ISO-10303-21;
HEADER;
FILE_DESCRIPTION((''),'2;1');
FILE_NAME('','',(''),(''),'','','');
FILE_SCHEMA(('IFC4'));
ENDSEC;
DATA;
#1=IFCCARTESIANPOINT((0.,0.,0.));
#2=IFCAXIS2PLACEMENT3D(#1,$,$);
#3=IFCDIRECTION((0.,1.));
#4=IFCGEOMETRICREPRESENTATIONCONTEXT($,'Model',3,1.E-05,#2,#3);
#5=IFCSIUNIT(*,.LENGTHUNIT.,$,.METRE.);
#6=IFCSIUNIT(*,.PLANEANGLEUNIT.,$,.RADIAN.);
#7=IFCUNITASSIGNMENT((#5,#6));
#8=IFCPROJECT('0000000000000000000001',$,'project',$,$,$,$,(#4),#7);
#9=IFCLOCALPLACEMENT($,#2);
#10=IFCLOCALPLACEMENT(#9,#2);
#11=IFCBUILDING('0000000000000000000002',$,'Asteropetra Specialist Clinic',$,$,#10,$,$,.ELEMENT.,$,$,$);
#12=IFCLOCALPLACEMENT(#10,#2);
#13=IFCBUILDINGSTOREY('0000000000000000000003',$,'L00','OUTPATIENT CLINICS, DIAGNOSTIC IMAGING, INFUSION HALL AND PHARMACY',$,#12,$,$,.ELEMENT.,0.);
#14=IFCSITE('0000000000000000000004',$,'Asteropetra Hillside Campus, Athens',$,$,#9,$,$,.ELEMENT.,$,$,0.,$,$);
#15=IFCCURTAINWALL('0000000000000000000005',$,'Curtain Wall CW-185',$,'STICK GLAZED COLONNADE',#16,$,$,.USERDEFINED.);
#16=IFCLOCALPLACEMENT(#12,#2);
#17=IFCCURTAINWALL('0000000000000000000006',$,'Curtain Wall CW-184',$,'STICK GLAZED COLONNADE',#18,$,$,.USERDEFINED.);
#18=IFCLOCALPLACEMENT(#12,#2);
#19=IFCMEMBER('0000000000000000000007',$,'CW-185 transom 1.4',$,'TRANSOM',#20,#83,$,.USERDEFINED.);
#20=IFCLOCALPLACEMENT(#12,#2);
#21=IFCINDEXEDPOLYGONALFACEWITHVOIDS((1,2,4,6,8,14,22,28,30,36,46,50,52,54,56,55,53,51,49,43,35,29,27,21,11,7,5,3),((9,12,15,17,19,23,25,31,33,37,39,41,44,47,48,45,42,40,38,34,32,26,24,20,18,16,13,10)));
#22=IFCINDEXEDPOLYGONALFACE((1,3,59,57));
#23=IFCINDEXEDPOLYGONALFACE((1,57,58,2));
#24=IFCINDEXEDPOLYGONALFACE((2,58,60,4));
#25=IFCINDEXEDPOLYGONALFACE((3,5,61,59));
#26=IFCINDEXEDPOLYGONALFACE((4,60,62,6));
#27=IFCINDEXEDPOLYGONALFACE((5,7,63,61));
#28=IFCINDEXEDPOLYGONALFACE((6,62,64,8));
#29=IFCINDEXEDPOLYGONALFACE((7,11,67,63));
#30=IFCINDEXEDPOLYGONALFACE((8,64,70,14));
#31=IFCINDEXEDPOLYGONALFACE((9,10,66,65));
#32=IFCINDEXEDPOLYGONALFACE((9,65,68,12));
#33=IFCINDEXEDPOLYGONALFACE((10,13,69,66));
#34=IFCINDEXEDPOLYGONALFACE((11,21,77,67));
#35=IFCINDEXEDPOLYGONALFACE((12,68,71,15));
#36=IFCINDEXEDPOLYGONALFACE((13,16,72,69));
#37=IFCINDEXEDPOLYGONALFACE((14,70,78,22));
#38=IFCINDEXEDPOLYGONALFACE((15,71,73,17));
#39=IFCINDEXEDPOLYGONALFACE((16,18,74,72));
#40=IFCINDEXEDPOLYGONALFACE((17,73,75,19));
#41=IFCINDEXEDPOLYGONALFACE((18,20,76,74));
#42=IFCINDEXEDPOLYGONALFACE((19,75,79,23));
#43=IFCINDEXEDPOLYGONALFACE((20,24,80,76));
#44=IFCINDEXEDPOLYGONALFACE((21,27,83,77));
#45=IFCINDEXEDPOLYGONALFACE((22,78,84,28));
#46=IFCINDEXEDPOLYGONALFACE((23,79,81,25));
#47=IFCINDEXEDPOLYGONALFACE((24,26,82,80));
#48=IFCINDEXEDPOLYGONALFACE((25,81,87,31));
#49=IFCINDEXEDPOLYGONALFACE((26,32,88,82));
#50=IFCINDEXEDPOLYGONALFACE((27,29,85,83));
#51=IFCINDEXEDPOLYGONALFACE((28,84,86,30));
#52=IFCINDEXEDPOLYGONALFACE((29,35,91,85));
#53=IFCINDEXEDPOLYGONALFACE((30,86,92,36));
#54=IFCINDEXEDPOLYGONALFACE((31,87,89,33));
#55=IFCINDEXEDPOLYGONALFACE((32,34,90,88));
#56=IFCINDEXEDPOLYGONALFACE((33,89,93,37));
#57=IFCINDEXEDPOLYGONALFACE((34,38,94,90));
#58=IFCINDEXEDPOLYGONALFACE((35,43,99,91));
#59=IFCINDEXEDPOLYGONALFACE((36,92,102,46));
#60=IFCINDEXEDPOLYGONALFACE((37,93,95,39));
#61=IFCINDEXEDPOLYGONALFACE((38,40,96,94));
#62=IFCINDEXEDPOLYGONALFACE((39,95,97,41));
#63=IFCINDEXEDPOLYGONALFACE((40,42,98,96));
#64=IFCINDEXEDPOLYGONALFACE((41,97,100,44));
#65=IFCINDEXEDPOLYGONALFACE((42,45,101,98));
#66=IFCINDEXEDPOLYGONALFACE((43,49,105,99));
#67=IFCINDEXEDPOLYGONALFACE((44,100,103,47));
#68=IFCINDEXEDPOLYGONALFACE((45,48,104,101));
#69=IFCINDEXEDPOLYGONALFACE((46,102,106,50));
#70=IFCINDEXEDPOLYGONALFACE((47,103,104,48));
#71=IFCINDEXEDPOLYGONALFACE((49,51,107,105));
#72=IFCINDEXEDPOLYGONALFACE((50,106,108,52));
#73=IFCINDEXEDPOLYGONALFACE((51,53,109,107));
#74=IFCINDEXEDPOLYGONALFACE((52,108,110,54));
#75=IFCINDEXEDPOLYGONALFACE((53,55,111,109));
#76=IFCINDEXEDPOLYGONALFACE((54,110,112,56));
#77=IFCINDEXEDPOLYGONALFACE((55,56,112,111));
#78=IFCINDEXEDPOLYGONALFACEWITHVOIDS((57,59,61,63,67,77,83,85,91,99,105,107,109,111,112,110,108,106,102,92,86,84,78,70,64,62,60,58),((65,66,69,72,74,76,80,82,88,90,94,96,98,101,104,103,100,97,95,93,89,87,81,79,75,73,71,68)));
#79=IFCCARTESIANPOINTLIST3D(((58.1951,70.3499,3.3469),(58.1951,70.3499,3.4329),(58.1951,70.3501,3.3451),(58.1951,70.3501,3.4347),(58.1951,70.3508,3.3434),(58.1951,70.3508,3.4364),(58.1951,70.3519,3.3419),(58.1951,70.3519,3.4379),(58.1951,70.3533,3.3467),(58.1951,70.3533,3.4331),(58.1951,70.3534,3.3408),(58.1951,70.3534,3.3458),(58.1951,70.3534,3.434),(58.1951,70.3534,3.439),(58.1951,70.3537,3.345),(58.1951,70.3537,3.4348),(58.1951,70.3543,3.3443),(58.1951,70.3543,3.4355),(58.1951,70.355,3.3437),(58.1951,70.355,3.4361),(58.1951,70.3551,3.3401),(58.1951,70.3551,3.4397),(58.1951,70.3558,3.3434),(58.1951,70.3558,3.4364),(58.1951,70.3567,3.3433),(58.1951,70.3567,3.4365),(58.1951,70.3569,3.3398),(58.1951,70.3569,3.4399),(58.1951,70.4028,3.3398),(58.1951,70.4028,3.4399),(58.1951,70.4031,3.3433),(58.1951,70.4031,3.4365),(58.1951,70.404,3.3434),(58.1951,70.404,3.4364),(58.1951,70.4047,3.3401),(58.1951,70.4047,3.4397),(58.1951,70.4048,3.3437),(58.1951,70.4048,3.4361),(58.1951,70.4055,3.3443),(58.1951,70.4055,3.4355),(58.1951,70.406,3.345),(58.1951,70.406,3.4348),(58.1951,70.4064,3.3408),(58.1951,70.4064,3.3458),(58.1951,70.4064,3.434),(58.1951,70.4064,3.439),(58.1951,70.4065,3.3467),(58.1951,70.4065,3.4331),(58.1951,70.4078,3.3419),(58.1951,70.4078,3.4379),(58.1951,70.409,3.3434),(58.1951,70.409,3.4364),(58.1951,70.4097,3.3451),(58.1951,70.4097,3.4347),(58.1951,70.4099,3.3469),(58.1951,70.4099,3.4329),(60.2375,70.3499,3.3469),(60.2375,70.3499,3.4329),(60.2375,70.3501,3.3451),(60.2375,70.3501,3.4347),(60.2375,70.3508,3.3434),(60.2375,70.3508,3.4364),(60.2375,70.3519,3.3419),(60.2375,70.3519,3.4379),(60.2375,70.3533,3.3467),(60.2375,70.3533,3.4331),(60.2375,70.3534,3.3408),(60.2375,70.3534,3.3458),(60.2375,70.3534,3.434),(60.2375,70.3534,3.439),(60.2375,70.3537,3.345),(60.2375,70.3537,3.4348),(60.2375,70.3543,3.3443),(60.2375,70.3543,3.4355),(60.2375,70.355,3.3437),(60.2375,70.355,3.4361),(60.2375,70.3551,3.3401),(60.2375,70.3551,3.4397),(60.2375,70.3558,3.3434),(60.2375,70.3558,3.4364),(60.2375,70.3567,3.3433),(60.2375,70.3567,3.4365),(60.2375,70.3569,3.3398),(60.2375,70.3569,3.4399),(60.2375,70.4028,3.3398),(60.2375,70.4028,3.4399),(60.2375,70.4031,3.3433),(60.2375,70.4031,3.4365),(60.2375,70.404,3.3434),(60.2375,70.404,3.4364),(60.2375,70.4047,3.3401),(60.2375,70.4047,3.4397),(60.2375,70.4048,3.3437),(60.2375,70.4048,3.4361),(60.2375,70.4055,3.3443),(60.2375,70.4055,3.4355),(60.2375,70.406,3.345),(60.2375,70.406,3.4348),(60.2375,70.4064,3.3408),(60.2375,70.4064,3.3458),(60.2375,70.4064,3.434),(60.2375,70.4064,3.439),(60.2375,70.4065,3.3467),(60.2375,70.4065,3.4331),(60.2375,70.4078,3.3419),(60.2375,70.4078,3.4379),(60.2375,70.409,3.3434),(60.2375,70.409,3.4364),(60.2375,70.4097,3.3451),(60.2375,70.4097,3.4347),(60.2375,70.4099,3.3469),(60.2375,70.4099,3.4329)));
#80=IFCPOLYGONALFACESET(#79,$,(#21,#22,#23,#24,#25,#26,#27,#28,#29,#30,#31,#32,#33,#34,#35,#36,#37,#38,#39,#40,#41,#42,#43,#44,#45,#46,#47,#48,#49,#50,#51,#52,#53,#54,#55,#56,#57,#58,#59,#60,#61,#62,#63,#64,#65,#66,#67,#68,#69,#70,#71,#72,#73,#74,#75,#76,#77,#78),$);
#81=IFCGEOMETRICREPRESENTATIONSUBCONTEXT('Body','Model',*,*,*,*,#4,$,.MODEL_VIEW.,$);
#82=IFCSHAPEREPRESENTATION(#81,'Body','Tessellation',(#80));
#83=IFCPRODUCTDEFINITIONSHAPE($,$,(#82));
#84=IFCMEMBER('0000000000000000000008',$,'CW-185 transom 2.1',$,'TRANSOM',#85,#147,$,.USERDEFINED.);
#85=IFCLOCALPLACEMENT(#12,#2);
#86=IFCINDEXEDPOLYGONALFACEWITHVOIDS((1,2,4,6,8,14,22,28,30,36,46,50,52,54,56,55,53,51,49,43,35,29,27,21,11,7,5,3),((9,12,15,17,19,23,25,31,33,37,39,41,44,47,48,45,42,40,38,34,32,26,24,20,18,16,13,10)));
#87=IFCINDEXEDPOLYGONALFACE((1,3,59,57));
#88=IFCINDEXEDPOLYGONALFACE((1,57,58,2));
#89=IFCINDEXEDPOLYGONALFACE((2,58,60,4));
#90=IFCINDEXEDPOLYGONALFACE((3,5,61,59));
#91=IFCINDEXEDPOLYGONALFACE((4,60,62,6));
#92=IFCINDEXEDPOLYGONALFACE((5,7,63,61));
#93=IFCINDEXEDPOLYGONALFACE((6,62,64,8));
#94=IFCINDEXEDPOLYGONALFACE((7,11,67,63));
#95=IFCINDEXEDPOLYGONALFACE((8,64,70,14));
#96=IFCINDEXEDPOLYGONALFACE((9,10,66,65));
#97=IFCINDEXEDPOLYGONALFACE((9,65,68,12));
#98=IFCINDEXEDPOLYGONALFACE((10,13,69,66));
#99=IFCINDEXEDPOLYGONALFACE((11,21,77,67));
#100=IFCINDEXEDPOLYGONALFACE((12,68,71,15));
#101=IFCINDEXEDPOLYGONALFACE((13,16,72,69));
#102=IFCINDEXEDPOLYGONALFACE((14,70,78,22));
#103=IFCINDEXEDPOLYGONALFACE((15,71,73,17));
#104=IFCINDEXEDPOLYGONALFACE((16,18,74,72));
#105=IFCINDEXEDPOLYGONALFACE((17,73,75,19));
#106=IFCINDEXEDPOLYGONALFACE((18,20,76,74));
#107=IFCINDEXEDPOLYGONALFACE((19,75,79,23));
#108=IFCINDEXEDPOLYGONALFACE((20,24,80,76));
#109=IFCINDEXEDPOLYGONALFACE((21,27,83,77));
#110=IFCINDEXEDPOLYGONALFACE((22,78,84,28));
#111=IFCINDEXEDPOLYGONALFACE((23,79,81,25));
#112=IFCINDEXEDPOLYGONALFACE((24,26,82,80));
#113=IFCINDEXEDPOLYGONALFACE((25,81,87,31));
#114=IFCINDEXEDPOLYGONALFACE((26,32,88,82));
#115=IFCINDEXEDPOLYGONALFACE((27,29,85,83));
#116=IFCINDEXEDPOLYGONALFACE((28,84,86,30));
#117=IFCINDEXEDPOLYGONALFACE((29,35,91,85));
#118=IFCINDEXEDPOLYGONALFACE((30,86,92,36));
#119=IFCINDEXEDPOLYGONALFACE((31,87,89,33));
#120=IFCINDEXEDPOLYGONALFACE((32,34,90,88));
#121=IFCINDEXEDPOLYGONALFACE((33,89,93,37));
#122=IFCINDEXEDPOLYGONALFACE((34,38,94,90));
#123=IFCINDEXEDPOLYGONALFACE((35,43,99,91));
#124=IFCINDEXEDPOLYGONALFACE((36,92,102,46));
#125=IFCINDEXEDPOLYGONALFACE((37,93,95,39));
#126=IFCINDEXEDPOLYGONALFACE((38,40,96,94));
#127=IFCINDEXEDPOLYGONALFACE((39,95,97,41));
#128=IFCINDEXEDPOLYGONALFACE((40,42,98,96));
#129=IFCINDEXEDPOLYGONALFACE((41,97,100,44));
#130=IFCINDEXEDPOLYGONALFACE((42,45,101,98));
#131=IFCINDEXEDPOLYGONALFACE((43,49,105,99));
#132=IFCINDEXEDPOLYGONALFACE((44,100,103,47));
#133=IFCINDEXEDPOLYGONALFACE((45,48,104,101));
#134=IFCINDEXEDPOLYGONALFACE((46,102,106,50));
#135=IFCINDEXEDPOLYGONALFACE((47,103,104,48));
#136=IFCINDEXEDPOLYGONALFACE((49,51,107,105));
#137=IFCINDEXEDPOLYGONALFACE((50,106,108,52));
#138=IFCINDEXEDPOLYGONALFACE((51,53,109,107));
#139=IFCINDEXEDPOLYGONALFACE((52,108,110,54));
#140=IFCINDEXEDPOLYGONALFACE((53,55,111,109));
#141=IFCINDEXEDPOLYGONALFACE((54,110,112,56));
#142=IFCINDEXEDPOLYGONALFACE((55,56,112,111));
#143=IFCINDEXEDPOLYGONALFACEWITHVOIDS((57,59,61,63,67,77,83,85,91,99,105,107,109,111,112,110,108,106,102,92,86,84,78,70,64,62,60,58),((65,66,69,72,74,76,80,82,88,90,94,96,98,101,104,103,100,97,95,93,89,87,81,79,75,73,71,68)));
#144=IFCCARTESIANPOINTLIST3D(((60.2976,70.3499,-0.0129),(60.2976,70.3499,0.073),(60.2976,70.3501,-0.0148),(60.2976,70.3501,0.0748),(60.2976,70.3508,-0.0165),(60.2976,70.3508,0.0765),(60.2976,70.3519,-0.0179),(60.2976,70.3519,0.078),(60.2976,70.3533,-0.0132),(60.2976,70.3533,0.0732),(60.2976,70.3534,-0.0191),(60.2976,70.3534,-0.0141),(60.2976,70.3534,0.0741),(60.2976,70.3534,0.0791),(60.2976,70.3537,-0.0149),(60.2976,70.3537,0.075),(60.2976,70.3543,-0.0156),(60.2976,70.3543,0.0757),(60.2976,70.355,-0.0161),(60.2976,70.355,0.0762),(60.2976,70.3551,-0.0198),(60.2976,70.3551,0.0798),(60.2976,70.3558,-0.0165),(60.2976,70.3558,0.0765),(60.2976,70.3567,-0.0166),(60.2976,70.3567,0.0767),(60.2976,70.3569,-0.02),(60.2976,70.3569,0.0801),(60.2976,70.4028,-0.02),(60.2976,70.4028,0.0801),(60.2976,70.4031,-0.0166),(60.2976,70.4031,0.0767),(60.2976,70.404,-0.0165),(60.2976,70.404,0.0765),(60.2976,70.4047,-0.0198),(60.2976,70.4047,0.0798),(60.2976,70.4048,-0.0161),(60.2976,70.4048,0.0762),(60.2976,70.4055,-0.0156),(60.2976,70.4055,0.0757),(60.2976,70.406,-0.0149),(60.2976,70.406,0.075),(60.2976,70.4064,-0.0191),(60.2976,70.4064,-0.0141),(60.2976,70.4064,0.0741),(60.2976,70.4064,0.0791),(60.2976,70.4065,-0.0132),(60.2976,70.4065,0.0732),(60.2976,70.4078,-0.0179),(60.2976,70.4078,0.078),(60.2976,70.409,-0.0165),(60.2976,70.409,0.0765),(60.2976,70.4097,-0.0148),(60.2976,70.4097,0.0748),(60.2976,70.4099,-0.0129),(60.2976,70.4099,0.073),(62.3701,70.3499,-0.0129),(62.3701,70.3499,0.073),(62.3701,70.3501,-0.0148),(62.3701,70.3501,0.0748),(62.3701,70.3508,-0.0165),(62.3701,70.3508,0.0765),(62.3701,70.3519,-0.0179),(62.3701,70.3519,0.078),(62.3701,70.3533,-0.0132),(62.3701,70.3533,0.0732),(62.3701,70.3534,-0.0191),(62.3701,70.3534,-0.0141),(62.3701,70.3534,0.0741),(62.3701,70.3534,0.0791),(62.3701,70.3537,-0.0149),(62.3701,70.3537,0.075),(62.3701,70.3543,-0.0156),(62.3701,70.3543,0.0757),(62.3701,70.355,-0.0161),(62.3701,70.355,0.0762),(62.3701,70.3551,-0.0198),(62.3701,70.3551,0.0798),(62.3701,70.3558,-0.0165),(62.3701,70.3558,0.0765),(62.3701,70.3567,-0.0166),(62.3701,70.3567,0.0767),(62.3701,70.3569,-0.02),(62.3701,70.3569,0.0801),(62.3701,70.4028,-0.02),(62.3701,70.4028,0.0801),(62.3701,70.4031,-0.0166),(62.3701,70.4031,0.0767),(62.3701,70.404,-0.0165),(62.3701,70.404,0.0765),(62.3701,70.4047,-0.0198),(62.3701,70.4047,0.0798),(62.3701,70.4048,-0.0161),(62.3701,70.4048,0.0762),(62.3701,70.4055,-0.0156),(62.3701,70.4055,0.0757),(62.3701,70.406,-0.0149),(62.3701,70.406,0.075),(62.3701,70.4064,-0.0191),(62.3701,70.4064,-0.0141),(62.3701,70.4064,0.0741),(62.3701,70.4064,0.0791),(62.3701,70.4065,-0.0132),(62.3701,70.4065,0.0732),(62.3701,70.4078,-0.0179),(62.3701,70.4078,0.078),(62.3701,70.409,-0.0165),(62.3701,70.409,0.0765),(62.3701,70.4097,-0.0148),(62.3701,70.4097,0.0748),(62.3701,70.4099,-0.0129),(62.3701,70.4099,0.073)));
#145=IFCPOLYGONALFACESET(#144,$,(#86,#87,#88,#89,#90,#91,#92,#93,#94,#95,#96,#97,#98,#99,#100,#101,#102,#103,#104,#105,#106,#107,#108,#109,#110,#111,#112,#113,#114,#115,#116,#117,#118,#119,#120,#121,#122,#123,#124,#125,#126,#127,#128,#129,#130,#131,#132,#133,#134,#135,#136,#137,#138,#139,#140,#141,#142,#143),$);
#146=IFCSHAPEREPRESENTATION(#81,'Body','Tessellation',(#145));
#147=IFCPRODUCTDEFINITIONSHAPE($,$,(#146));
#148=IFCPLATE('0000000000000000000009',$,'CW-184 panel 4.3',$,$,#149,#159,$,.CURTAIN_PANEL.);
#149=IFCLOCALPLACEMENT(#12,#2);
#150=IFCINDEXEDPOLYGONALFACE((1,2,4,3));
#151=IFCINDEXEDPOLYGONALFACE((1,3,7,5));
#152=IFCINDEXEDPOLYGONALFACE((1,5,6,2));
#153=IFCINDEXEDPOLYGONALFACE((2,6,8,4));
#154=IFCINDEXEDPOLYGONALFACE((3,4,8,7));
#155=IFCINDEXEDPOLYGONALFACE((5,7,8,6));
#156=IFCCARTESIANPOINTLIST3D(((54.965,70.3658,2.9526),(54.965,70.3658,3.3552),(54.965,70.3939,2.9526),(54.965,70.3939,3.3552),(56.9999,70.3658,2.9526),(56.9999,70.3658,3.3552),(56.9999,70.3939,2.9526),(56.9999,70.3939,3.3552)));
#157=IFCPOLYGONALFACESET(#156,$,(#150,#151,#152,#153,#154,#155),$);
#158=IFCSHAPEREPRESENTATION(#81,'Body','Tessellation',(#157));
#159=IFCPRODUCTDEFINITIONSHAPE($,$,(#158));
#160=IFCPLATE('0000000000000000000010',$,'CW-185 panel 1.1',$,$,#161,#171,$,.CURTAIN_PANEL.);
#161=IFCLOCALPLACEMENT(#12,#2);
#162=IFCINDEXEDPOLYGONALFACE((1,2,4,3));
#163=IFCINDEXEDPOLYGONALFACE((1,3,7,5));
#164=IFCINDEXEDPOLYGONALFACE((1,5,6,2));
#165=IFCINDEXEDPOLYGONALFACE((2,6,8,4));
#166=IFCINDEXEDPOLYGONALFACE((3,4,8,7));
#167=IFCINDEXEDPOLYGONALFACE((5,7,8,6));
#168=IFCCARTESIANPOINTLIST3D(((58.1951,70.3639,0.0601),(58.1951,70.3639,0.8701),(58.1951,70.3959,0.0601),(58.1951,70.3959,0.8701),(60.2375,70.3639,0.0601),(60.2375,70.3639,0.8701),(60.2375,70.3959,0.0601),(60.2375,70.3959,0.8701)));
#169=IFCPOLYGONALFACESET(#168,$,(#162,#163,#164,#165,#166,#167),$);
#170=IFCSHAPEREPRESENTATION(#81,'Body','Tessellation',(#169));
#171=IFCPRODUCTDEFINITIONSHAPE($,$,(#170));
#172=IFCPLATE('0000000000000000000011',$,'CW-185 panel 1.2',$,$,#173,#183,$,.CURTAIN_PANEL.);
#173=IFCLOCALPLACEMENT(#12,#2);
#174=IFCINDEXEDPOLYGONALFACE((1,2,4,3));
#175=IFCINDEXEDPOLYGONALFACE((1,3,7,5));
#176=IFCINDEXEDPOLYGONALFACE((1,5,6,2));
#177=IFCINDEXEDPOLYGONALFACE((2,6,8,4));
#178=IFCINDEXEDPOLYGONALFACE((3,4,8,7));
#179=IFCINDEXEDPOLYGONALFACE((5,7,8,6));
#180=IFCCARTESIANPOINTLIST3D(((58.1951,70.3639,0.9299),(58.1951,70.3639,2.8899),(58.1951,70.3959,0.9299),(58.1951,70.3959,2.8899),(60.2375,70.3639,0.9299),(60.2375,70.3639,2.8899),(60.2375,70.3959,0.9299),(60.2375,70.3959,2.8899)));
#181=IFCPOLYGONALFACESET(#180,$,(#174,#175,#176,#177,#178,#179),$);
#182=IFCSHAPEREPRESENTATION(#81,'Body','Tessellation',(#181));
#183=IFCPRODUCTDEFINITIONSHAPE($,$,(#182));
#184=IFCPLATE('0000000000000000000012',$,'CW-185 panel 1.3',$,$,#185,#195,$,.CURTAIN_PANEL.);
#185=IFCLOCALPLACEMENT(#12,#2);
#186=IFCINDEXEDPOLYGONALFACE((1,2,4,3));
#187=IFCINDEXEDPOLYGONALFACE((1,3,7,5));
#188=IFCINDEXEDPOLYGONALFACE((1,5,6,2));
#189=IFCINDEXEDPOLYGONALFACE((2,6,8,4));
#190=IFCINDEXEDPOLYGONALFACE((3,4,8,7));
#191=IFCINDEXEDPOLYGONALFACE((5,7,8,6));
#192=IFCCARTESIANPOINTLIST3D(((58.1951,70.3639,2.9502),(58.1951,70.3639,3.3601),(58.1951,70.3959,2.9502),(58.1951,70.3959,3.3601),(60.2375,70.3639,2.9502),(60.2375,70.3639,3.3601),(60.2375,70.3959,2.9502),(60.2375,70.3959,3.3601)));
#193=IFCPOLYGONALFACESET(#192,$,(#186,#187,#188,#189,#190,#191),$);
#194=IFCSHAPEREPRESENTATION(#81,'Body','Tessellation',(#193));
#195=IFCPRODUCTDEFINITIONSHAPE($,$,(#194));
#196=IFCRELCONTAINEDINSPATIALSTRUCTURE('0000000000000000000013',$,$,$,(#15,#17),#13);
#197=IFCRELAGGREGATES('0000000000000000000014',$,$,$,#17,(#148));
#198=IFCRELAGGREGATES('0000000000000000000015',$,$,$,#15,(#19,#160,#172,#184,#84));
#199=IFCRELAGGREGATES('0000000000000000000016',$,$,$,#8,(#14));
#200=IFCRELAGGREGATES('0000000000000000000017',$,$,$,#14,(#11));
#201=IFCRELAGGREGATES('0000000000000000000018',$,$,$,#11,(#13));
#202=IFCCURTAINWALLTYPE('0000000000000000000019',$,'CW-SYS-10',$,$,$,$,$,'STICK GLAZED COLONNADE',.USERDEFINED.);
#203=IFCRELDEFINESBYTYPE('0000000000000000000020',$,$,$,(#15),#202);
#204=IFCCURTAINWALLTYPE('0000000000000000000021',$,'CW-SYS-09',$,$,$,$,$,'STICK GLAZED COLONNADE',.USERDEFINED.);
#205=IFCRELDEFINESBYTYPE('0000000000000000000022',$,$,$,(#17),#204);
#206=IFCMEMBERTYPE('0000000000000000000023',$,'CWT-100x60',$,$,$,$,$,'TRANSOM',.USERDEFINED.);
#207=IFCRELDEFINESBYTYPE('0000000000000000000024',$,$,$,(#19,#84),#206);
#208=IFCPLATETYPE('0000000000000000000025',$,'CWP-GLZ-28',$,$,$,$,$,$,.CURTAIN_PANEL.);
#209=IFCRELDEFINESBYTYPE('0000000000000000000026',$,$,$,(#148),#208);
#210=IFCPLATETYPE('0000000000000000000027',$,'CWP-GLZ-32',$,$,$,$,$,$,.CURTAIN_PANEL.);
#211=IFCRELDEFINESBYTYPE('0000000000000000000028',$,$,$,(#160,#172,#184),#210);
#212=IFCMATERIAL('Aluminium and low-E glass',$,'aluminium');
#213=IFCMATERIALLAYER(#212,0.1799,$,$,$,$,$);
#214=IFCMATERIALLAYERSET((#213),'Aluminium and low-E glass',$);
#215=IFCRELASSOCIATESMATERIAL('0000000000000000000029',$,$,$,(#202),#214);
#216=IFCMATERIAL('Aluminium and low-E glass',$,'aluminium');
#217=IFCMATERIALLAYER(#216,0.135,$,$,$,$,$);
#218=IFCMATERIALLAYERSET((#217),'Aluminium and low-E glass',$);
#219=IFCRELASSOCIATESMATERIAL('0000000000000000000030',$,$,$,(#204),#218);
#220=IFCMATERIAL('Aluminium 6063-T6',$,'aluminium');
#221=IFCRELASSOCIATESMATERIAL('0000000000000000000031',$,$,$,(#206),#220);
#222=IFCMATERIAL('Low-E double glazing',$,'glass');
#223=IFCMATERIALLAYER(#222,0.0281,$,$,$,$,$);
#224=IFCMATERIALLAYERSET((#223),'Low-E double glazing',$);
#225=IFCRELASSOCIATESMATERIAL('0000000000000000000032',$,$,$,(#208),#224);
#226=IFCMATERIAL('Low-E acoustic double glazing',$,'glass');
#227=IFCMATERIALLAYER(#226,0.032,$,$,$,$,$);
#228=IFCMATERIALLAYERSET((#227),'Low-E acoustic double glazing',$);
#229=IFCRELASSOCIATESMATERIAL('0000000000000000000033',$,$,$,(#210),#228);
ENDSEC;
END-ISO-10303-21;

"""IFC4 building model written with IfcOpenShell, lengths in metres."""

from ifc_helpers import new_model, si_unit, direction, frame, origin, origin_2d, place, context, subcontext, project, spatial, rectangle, hollow_rectangle, extrude, material, layer, layer_set, material_profile, profile_set, type_object, element, aggregate, save


model = new_model("IFC4")

# Units and contexts
model_context = context("Model", 3, precision=1e-05, world=origin(), true_north=direction((0.0, 1.0)))
body_context = subcontext(model_context, "Body", "Model", "MODEL_VIEW")
ifc_project = project(units=[si_unit("LENGTHUNIT", "METRE"), si_unit("PLANEANGLEUNIT", "RADIAN")], contexts=[model_context])

# Site, building, storey
site_placement = place(None, origin())
site = spatial("IfcSite", under=ifc_project, at=site_placement, Name="Asteropetra Hillside Campus, Athens", CompositionType="ELEMENT", RefElevation=0.0)
building_placement = place(site_placement, origin())
building = spatial("IfcBuilding", under=site, at=building_placement, Name="Asteropetra Specialist Clinic", CompositionType="ELEMENT")
storey_placement = place(building_placement, origin())
storey = spatial("IfcBuildingStorey", under=building, at=storey_placement, Name="L00", Description="OUTPATIENT CLINICS, DIAGNOSTIC IMAGING, INFUSION HALL AND PHARMACY", CompositionType="ELEMENT", Elevation=0.0)

# Curtain wall
ifc_material_1 = material(Name="Aluminium and low-E glass", Category="aluminium")
ifc_layer_1 = layer(ifc_material_1, 0.1799)
ifc_layer_set_1 = layer_set([ifc_layer_1], Name="Aluminium and low-E glass")
curtain_wall_type_1 = type_object("IfcCurtainWallType", Name="CW-SYS-10", ElementType="STICK GLAZED COLONNADE", PredefinedType="USERDEFINED", material=ifc_layer_set_1)
curtain_wall_1_placement = place(storey_placement, origin())
curtain_wall_1 = element("IfcCurtainWall", 1, at=curtain_wall_1_placement, inside=storey, type_object=curtain_wall_type_1, Name="Curtain Wall CW-185", ObjectType="STICK GLAZED COLONNADE", PredefinedType="USERDEFINED")

# Curtain wall
ifc_material_2 = material(Name="Aluminium and low-E glass", Category="aluminium")
ifc_layer_2 = layer(ifc_material_2, 0.135)
ifc_layer_set_2 = layer_set([ifc_layer_2], Name="Aluminium and low-E glass")
curtain_wall_type_2 = type_object("IfcCurtainWallType", Name="CW-SYS-09", ElementType="STICK GLAZED COLONNADE", PredefinedType="USERDEFINED", material=ifc_layer_set_2)
curtain_wall_2_placement = place(storey_placement, origin())
curtain_wall_2 = element("IfcCurtainWall", 2, at=curtain_wall_2_placement, inside=storey, type_object=curtain_wall_type_2, Name="Curtain Wall CW-184", ObjectType="STICK GLAZED COLONNADE", PredefinedType="USERDEFINED")

# Members
ifc_material_3 = material(Name="Aluminium 6063-T6", Category="aluminium")
ifc_material_profile_1 = material_profile(ifc_material_3, hollow_rectangle(XDim=0.0601, YDim=0.1001, WallThickness=0.0034, InnerFilletRadius=0.0034, OuterFilletRadius=0.0071, at=origin_2d()), Name="TRN 100x60x3.5")
ifc_profile_set_1 = profile_set([ifc_material_profile_1], Name="Aluminium 6063-T6")
member_type_1 = type_object("IfcMemberType", Name="CWT-100x60", ElementType="TRANSOM", PredefinedType="USERDEFINED", material=ifc_profile_set_1)
member_1_placement = place(storey_placement, frame((58.1951, 70.3799, 3.3899), z_axis=(1.0, 0.0, 0.0), x_axis=(0.0, 1.0, 0.0)))
member_1 = element("IfcMember", 3, at=member_1_placement, type_object=member_type_1, Name="CW-185 transom 1.4", ObjectType="TRANSOM", PredefinedType="USERDEFINED", context=body_context, shape_type="SweptSolid", body=[
    extrude(hollow_rectangle(XDim=0.0601, YDim=0.1001, WallThickness=0.0034, InnerFilletRadius=0.0034, OuterFilletRadius=0.0071, at=origin_2d()), origin(), (0.0, 0.0, 1.0), 2.0425),
])
member_2_placement = place(storey_placement, frame((60.2976, 70.3799, 0.03), z_axis=(1.0, 0.0, 0.0), x_axis=(0.0, 1.0, 0.0)))
member_2 = element("IfcMember", 4, at=member_2_placement, type_object=member_type_1, Name="CW-185 transom 2.1", ObjectType="TRANSOM", PredefinedType="USERDEFINED", context=body_context, shape_type="SweptSolid", body=[
    extrude(hollow_rectangle(XDim=0.0601, YDim=0.1001, WallThickness=0.0034, InnerFilletRadius=0.0034, OuterFilletRadius=0.0071, at=origin_2d()), origin(), (0.0, 0.0, 1.0), 2.0725),
])

# Plates
ifc_material_4 = material(Name="Low-E double glazing", Category="glass")
ifc_layer_3 = layer(ifc_material_4, 0.0281)
ifc_layer_set_3 = layer_set([ifc_layer_3], Name="Low-E double glazing")
plate_type_1 = type_object("IfcPlateType", Name="CWP-GLZ-28", PredefinedType="CURTAIN_PANEL", material=ifc_layer_set_3)
plate_1_placement = place(storey_placement, frame((55.9824, 70.3799, 2.9526), z_axis=(0.0, 0.0, 1.0), x_axis=(1.0, 0.0, 0.0)))
plate_1 = element("IfcPlate", 5, at=plate_1_placement, type_object=plate_type_1, Name="CW-184 panel 4.3", PredefinedType="CURTAIN_PANEL", context=body_context, shape_type="SweptSolid", body=[
    extrude(rectangle(XDim=2.0349, YDim=0.0281, at=origin_2d()), origin(), (0.0, 0.0, 1.0), 0.4026),
])
aggregate(curtain_wall_2, [plate_1])
ifc_material_5 = material(Name="Low-E acoustic double glazing", Category="glass")
ifc_layer_4 = layer(ifc_material_5, 0.032)
ifc_layer_set_4 = layer_set([ifc_layer_4], Name="Low-E acoustic double glazing")
plate_type_2 = type_object("IfcPlateType", Name="CWP-GLZ-32", PredefinedType="CURTAIN_PANEL", material=ifc_layer_set_4)
plate_2_placement = place(storey_placement, frame((59.2163, 70.3799, 0.0601), z_axis=(0.0, 0.0, 1.0), x_axis=(1.0, 0.0, 0.0)))
plate_2 = element("IfcPlate", 6, at=plate_2_placement, type_object=plate_type_2, Name="CW-185 panel 1.1", PredefinedType="CURTAIN_PANEL", context=body_context, shape_type="SweptSolid", body=[
    extrude(rectangle(XDim=2.0425, YDim=0.032, at=origin_2d()), origin(), (0.0, 0.0, 1.0), 0.8101),
])
plate_3_placement = place(storey_placement, frame((59.2163, 70.3799, 0.9299), z_axis=(0.0, 0.0, 1.0), x_axis=(1.0, 0.0, 0.0)))
plate_3 = element("IfcPlate", 7, at=plate_3_placement, type_object=plate_type_2, Name="CW-185 panel 1.2", PredefinedType="CURTAIN_PANEL", context=body_context, shape_type="SweptSolid", body=[
    extrude(rectangle(XDim=2.0425, YDim=0.032, at=origin_2d()), origin(), (0.0, 0.0, 1.0), 1.96),
])
plate_4_placement = place(storey_placement, frame((59.2163, 70.3799, 2.9502), z_axis=(0.0, 0.0, 1.0), x_axis=(1.0, 0.0, 0.0)))
plate_4 = element("IfcPlate", 8, at=plate_4_placement, type_object=plate_type_2, Name="CW-185 panel 1.3", PredefinedType="CURTAIN_PANEL", context=body_context, shape_type="SweptSolid", body=[
    extrude(rectangle(XDim=2.0425, YDim=0.032, at=origin_2d()), origin(), (0.0, 0.0, 1.0), 0.4099),
])
aggregate(curtain_wall_1, [member_1, plate_2, plate_3, plate_4, member_2])

save(model, "model.ifc")
